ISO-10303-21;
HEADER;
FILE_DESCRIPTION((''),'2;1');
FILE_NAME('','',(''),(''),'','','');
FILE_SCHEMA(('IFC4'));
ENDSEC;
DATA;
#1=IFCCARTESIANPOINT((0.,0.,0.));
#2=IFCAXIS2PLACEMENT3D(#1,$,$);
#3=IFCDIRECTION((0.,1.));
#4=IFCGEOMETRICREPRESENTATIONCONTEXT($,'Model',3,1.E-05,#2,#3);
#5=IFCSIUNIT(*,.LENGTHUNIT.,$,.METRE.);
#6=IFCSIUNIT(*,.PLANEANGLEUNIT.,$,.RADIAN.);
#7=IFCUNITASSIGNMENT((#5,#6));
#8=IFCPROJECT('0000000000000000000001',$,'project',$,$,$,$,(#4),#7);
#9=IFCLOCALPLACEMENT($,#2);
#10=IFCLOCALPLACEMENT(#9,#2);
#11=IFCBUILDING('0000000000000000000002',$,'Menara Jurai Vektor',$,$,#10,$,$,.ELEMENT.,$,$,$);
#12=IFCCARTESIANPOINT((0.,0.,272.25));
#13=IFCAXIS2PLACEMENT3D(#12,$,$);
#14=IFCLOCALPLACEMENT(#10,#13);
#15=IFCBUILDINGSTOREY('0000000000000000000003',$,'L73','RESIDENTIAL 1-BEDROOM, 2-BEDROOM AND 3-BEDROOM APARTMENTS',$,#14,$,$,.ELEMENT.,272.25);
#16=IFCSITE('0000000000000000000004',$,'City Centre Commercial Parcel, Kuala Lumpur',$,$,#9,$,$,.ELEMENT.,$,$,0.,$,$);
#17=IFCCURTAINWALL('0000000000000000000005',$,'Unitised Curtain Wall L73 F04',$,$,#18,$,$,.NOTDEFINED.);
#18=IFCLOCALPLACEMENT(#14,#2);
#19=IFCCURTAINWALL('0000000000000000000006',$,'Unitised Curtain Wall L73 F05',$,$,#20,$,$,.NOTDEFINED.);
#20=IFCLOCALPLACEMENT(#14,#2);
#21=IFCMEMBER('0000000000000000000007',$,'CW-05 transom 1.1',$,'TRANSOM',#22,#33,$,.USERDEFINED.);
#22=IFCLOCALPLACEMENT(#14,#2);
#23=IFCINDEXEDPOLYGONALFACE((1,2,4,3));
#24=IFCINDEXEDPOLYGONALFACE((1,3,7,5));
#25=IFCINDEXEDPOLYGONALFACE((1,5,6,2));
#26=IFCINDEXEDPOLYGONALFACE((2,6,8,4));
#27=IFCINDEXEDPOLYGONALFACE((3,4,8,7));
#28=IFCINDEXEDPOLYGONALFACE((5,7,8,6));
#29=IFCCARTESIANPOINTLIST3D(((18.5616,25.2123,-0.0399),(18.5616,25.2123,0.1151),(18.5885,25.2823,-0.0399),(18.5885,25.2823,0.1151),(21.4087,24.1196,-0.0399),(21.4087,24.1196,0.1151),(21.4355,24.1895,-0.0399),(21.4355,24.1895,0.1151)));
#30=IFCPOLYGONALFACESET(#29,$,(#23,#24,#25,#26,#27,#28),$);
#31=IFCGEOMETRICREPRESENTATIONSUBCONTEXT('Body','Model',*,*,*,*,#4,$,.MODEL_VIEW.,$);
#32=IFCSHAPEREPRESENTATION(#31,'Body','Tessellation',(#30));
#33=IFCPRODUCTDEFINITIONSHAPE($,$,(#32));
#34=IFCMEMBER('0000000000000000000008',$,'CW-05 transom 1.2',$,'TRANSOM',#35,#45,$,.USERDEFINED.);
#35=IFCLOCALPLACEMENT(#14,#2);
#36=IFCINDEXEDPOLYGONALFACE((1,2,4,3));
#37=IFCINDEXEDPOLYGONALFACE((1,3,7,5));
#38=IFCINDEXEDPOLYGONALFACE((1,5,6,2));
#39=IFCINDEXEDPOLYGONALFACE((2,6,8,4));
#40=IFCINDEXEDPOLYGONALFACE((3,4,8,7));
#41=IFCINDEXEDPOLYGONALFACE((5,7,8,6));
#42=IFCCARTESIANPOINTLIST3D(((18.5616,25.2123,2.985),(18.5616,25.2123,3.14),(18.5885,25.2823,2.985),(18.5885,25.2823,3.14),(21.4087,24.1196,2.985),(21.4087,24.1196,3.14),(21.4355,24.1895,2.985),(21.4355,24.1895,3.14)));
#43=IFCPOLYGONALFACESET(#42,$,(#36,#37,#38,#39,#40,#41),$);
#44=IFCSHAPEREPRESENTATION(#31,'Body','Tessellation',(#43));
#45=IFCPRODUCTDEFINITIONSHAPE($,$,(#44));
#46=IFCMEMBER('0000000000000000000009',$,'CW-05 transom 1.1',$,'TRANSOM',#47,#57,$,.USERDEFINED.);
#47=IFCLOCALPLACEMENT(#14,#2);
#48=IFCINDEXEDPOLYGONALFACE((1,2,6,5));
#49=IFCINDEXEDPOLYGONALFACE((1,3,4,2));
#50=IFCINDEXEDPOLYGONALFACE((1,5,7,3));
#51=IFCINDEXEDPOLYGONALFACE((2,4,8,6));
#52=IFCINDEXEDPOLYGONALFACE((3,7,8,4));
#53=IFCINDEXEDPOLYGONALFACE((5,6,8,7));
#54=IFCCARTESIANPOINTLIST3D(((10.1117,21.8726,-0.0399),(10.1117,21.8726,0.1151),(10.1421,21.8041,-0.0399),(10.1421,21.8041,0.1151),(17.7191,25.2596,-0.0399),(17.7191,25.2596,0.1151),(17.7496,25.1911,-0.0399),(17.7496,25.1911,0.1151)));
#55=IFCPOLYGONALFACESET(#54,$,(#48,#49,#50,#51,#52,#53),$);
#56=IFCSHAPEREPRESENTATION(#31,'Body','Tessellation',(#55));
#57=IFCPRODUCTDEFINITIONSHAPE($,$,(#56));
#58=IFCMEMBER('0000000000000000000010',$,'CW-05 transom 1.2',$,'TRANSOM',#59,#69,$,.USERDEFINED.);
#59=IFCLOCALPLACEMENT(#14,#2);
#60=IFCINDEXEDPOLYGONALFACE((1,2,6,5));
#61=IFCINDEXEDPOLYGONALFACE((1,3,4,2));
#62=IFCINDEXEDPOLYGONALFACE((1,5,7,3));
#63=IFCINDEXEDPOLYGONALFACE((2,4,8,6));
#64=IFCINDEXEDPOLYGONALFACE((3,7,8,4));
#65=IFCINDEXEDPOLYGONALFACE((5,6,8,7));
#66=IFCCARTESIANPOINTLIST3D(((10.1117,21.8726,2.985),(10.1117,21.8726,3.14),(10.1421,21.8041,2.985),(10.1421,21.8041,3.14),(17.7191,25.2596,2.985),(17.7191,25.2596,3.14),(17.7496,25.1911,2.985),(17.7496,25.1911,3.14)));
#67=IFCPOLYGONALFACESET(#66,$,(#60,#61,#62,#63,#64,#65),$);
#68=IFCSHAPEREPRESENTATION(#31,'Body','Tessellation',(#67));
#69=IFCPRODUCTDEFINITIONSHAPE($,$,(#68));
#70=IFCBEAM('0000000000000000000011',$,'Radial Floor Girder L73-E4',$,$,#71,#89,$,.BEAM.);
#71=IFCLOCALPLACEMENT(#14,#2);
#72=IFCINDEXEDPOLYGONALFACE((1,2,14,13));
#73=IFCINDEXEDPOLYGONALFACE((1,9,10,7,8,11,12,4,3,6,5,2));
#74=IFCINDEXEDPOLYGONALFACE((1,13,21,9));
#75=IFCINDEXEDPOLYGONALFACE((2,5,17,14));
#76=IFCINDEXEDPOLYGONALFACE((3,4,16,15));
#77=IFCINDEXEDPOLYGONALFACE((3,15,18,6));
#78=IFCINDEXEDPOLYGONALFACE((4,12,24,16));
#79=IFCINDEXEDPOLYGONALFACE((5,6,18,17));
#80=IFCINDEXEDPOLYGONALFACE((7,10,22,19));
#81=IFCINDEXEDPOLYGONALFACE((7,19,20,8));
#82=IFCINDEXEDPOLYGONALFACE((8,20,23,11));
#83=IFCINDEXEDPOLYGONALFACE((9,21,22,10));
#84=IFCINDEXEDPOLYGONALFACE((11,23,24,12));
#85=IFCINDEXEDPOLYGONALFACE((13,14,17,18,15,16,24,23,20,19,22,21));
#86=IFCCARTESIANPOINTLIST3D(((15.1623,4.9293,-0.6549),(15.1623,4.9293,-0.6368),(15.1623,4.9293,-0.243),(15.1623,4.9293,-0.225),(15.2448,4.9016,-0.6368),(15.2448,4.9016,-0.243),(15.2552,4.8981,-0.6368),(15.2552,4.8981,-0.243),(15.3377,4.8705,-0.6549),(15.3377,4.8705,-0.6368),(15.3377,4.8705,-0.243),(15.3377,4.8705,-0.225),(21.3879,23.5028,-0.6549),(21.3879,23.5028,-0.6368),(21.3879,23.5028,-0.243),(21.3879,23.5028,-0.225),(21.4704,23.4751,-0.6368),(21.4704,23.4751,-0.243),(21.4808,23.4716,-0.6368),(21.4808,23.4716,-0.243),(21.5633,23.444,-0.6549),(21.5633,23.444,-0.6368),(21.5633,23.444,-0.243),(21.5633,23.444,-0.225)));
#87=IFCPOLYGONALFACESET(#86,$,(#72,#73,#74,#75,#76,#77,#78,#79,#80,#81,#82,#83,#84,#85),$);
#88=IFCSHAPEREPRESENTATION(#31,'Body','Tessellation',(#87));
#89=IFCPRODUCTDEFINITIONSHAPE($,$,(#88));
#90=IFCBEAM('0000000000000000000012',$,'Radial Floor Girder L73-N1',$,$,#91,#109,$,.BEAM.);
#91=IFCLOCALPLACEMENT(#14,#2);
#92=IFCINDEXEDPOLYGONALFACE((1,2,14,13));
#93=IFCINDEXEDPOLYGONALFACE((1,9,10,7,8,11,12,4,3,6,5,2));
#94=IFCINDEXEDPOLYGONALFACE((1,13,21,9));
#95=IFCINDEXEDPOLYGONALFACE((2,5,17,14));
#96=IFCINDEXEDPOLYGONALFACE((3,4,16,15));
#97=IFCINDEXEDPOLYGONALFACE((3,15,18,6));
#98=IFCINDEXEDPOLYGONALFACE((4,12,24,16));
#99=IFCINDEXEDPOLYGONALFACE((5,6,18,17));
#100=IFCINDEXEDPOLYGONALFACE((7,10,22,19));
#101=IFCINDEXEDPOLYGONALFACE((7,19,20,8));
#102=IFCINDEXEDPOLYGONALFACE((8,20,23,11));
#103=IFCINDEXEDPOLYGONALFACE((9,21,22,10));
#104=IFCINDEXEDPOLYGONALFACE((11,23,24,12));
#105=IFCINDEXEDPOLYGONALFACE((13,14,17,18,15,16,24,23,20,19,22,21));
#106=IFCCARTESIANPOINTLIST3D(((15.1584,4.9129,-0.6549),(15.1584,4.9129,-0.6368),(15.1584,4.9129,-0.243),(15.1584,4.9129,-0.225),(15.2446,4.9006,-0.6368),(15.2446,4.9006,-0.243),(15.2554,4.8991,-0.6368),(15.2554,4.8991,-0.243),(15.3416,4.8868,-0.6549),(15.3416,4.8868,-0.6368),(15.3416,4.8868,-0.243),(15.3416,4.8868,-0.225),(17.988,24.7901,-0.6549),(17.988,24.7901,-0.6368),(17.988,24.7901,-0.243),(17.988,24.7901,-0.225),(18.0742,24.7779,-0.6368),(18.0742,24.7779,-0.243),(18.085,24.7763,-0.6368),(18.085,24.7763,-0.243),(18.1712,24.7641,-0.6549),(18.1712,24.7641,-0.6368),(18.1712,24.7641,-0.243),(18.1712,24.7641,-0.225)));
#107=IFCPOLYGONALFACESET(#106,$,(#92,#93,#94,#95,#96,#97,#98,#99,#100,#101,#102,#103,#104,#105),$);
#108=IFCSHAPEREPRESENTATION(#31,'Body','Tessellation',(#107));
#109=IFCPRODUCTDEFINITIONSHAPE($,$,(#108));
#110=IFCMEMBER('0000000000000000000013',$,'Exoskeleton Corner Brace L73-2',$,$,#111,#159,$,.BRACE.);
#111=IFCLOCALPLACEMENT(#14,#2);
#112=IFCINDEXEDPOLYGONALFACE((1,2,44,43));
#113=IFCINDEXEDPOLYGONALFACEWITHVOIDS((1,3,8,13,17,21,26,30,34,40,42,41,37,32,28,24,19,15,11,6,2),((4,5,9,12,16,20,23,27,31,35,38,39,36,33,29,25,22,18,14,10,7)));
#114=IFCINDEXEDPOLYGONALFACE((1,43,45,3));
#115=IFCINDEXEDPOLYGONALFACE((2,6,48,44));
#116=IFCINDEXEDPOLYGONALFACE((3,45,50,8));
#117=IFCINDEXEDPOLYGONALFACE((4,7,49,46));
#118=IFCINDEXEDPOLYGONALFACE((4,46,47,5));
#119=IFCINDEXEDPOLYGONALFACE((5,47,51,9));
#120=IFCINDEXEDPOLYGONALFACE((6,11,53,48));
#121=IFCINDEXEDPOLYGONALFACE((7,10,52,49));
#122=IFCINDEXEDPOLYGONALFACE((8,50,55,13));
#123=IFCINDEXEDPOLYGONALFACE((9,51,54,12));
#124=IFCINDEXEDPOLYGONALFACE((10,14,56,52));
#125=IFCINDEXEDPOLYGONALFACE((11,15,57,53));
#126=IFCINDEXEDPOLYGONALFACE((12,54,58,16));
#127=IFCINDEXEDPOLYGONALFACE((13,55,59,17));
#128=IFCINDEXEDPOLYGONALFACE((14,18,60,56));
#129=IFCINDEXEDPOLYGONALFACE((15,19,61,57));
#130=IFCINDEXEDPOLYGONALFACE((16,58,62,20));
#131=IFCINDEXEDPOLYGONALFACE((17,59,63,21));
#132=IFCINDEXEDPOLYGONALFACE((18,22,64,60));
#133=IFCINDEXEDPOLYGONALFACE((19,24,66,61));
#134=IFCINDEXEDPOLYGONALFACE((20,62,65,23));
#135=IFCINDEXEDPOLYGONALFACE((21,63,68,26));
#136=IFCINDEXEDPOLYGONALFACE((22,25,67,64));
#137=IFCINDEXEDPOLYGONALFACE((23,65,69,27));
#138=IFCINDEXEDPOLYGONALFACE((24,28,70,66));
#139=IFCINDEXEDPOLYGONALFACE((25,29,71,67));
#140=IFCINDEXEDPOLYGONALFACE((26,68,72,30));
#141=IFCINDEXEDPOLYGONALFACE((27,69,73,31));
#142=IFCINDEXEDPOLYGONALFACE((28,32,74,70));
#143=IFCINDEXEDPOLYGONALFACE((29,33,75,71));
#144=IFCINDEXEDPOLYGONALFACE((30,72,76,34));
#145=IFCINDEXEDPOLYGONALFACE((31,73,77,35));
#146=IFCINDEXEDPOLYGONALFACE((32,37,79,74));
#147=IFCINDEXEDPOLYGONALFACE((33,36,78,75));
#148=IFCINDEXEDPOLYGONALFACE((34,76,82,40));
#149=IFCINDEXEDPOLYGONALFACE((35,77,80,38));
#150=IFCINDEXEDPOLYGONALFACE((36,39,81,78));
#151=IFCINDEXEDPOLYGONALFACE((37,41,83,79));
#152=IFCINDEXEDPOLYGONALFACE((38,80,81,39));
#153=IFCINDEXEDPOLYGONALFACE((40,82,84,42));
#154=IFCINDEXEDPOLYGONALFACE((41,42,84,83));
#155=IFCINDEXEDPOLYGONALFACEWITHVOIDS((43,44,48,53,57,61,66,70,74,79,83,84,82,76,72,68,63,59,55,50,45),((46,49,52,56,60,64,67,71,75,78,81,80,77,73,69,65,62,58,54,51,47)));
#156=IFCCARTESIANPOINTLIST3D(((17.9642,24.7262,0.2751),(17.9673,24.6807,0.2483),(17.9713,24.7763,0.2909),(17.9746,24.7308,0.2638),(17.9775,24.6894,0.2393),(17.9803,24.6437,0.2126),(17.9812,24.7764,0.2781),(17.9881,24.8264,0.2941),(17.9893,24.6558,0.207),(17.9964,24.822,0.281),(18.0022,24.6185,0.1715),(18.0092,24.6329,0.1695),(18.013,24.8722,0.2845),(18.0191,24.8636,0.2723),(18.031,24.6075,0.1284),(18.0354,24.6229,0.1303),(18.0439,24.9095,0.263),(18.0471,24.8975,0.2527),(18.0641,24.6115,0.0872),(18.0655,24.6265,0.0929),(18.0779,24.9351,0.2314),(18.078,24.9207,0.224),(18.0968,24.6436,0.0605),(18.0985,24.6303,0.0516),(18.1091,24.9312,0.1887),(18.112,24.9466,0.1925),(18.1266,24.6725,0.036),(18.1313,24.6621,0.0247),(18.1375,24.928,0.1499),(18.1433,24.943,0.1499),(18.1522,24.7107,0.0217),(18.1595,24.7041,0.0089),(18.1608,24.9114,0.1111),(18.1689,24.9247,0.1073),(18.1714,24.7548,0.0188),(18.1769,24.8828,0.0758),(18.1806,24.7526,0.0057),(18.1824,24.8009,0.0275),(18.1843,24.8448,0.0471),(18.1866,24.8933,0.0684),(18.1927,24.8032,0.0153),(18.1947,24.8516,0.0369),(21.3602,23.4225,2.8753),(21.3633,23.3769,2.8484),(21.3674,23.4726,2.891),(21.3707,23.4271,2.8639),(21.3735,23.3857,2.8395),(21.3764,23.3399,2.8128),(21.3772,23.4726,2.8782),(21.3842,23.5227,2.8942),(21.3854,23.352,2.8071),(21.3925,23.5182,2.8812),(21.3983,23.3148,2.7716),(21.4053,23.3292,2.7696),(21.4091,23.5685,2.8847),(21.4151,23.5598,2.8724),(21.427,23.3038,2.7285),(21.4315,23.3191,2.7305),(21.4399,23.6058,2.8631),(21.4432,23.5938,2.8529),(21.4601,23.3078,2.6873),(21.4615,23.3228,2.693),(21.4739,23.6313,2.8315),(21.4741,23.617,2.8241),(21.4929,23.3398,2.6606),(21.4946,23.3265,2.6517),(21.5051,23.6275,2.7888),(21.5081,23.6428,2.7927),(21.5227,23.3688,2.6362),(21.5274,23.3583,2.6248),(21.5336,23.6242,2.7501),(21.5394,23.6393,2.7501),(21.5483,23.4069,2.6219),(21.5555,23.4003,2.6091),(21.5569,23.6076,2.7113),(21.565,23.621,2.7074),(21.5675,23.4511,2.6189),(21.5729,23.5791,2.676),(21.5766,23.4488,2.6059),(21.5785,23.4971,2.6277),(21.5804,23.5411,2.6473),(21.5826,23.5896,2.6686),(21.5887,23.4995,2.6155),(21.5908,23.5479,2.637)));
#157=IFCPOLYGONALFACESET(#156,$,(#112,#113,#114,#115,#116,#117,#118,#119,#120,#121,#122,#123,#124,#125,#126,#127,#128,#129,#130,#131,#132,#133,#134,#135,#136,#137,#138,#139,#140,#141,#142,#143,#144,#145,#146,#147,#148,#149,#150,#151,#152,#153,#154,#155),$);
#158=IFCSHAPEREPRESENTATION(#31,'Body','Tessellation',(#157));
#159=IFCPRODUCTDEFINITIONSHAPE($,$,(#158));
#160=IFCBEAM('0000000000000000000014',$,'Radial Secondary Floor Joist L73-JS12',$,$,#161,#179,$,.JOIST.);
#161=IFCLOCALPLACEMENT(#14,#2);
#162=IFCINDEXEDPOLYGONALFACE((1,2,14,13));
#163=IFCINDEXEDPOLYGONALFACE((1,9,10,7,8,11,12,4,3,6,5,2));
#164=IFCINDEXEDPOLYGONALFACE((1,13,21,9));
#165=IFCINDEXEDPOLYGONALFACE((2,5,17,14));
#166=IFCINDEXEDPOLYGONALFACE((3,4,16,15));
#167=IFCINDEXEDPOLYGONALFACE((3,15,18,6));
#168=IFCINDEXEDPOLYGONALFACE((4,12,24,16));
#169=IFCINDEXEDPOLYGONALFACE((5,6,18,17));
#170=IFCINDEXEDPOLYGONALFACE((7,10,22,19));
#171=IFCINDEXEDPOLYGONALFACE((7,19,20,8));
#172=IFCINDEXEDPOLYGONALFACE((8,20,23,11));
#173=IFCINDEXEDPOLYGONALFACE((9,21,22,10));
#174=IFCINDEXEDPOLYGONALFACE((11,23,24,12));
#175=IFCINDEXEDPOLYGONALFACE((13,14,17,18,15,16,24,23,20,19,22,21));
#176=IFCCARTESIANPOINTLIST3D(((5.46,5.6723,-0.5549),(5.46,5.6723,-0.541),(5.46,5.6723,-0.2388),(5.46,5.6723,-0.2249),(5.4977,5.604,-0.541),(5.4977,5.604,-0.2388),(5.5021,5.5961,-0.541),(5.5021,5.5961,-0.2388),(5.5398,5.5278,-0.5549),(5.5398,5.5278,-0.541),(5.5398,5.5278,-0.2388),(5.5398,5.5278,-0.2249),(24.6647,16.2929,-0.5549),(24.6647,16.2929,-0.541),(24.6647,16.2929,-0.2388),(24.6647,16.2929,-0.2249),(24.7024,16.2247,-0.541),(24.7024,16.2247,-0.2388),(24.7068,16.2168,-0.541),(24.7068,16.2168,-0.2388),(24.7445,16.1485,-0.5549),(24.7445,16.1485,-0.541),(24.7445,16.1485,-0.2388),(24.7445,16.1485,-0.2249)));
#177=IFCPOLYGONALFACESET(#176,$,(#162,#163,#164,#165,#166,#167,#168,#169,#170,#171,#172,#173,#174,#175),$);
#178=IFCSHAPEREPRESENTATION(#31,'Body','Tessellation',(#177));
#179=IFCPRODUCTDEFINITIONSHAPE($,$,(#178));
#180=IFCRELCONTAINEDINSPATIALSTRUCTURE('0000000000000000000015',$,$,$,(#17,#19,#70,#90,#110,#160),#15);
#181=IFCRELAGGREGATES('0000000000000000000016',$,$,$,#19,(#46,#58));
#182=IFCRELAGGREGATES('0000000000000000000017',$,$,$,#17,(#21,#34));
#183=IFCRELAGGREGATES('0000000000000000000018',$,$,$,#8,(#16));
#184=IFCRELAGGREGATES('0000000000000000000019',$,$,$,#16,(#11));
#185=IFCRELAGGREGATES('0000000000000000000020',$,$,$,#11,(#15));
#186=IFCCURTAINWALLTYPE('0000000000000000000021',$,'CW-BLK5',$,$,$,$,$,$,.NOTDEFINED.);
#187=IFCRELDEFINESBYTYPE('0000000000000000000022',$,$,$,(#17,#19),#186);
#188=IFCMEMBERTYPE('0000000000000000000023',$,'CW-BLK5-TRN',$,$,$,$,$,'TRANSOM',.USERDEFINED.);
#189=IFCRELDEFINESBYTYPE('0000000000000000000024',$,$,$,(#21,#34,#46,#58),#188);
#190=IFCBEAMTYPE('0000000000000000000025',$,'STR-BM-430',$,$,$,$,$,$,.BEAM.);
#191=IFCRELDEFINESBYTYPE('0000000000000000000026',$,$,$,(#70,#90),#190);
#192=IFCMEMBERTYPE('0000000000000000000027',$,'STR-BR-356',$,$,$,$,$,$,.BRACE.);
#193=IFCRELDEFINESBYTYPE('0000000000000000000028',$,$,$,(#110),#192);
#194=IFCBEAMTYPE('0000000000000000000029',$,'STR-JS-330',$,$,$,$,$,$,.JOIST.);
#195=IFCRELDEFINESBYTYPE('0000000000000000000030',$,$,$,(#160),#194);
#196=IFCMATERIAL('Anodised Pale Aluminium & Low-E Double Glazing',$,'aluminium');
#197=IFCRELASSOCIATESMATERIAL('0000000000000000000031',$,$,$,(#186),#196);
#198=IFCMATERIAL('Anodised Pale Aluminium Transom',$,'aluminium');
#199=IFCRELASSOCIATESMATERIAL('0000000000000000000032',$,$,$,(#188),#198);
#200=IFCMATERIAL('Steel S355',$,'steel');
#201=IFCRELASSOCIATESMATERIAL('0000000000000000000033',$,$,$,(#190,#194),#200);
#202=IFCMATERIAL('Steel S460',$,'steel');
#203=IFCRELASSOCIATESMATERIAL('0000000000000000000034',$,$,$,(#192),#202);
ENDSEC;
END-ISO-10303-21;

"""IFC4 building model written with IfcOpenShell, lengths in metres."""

from ifc_helpers import new_model, si_unit, direction, frame, origin, origin_2d, place, context, subcontext, project, spatial, rectangle, hollow_circle, i_section, extrude, material, material_profile, profile_set, type_object, element, aggregate, save


model = new_model("IFC4")

# Units and contexts
model_context = context("Model", 3, precision=1e-05, world=origin(), true_north=direction((0.0, 1.0)))
body_context = subcontext(model_context, "Body", "Model", "MODEL_VIEW")
ifc_project = project(units=[si_unit("LENGTHUNIT", "METRE"), si_unit("PLANEANGLEUNIT", "RADIAN")], contexts=[model_context])

# Site, building, storey
site_placement = place(None, origin())
site = spatial("IfcSite", under=ifc_project, at=site_placement, Name="City Centre Commercial Parcel, Kuala Lumpur", CompositionType="ELEMENT", RefElevation=0.0)
building_placement = place(site_placement, origin())
building = spatial("IfcBuilding", under=site, at=building_placement, Name="Menara Jurai Vektor", CompositionType="ELEMENT")
storey_placement = place(building_placement, frame((0.0, 0.0, 272.25)))
storey = spatial("IfcBuildingStorey", under=building, at=storey_placement, Name="L73", Description="RESIDENTIAL 1-BEDROOM, 2-BEDROOM AND 3-BEDROOM APARTMENTS", CompositionType="ELEMENT", Elevation=272.25)

# Shared definitions
ifc_material_1 = material(Name="Steel S460", Category="steel")

# Curtain wall
ifc_material_2 = material(Name="Anodised Pale Aluminium & Low-E Double Glazing", Category="aluminium")
curtain_wall_type = type_object("IfcCurtainWallType", Name="CW-BLK5", PredefinedType="NOTDEFINED", material=ifc_material_2)
curtain_wall_1_placement = place(storey_placement, origin())
curtain_wall_1 = element("IfcCurtainWall", 1, at=curtain_wall_1_placement, inside=storey, type_object=curtain_wall_type, Name="Unitised Curtain Wall L73 F04", PredefinedType="NOTDEFINED")

# Curtain wall
curtain_wall_2_placement = place(storey_placement, origin())
curtain_wall_2 = element("IfcCurtainWall", 2, at=curtain_wall_2_placement, inside=storey, type_object=curtain_wall_type, Name="Unitised Curtain Wall L73 F05", PredefinedType="NOTDEFINED")

# Members
ifc_material_3 = material(Name="Anodised Pale Aluminium Transom", Category="aluminium")
ifc_material_profile_1 = material_profile(ifc_material_3, rectangle(XDim=0.075, YDim=0.155, at=origin_2d()), Name="ALU TRN 75x155")
ifc_profile_set_1 = profile_set([ifc_material_profile_1], Name="Anodised Pale Aluminium Transom")
member_type_1 = type_object("IfcMemberType", Name="CW-BLK5-TRN", ElementType="TRANSOM", PredefinedType="USERDEFINED", material=ifc_profile_set_1)
member_1_placement = place(storey_placement, frame((21.4221, 24.1545, 0.0376), z_axis=(-0.933597, 0.358325, 0.0), x_axis=(-0.358325, -0.933597, 0.0)))
member_1 = element("IfcMember", 3, at=member_1_placement, type_object=member_type_1, Name="CW-05 transom 1.1", ObjectType="TRANSOM", PredefinedType="USERDEFINED", context=body_context, shape_type="SweptSolid", body=[
    extrude(rectangle(XDim=0.075, YDim=0.155, at=origin_2d()), origin(), (0.0, 0.0, 1.0), 3.0496),
])
member_2_placement = place(storey_placement, frame((21.4221, 24.1545, 3.0625), z_axis=(-0.933597, 0.358325, 0.0), x_axis=(-0.358325, -0.933597, 0.0)))
member_2 = element("IfcMember", 4, at=member_2_placement, type_object=member_type_1, Name="CW-05 transom 1.2", ObjectType="TRANSOM", PredefinedType="USERDEFINED", context=body_context, shape_type="SweptSolid", body=[
    extrude(rectangle(XDim=0.075, YDim=0.155, at=origin_2d()), origin(), (0.0, 0.0, 1.0), 3.0496),
])
member_3_placement = place(storey_placement, frame((17.7344, 25.2253, 0.0376), z_axis=(-0.913549, -0.406729, 0.0), x_axis=(0.406729, -0.913549, 0.0)))
member_3 = element("IfcMember", 5, at=member_3_placement, type_object=member_type_1, Name="CW-05 transom 1.1", ObjectType="TRANSOM", PredefinedType="USERDEFINED", context=body_context, shape_type="SweptSolid", body=[
    extrude(rectangle(XDim=0.075, YDim=0.155, at=origin_2d()), origin(), (0.0, 0.0, 1.0), 8.3274),
])
member_4_placement = place(storey_placement, frame((17.7344, 25.2253, 3.0625), z_axis=(-0.913549, -0.406729, 0.0), x_axis=(0.406729, -0.913549, 0.0)))
member_4 = element("IfcMember", 6, at=member_4_placement, type_object=member_type_1, Name="CW-05 transom 1.2", ObjectType="TRANSOM", PredefinedType="USERDEFINED", context=body_context, shape_type="SweptSolid", body=[
    extrude(rectangle(XDim=0.075, YDim=0.155, at=origin_2d()), origin(), (0.0, 0.0, 1.0), 8.3274),
])
aggregate(curtain_wall_2, [member_3, member_4])

# Beams
ifc_material_4 = material(Name="Steel S355", Category="steel")
ifc_material_profile_2 = material_profile(ifc_material_4, i_section(OverallWidth=0.1851, OverallDepth=0.4299, WebThickness=0.011, FlangeThickness=0.0181, at=origin_2d()), Name="PG 430x185x76")
ifc_profile_set_2 = profile_set([ifc_material_profile_2], Name="Steel S355")
beam_type_1 = type_object("IfcBeamType", Name="STR-BM-430", PredefinedType="BEAM", material=ifc_profile_set_2)
beam_1_placement = place(storey_placement, frame((21.4756, 23.4734, -0.4399), z_axis=(-0.317809, -0.948155, 0.0), x_axis=(0.948155, -0.317809, 0.0)))
element("IfcBeam", 7, at=beam_1_placement, inside=storey, type_object=beam_type_1, Name="Radial Floor Girder L73-E4", PredefinedType="BEAM", context=body_context, shape_type="SweptSolid", body=[
    extrude(i_section(OverallWidth=0.1851, OverallDepth=0.4299, WebThickness=0.011, FlangeThickness=0.0181, at=origin_2d()), origin(), (0.0, 0.0, 1.0), 19.5891),
])
beam_2_placement = place(storey_placement, frame((18.0796, 24.7771, -0.4399), z_axis=(-0.140933, -0.990019, 0.0), x_axis=(0.990019, -0.140933, 0.0)))
element("IfcBeam", 8, at=beam_2_placement, inside=storey, type_object=beam_type_1, Name="Radial Floor Girder L73-N1", PredefinedType="BEAM", context=body_context, shape_type="SweptSolid", body=[
    extrude(i_section(OverallWidth=0.1851, OverallDepth=0.4299, WebThickness=0.011, FlangeThickness=0.0181, at=origin_2d()), origin(), (0.0, 0.0, 1.0), 20.0776),
])

# Member
ifc_material_profile_3 = material_profile(ifc_material_1, hollow_circle(Radius=0.1777, WallThickness=0.0161, at=origin_2d()), Name="CHS 355.6x16")
ifc_profile_set_3 = profile_set([ifc_material_profile_3], Name="Steel S460")
member_type_2 = type_object("IfcMemberType", Name="STR-BR-356", PredefinedType="BRACE", material=ifc_profile_set_3)
member_5_placement = place(storey_placement, frame((18.0796, 24.7771, 0.1499), z_axis=(0.759502, -0.29157, 0.581502), x_axis=(0.358394, 0.93357, 0.0)))
element("IfcMember", 9, at=member_5_placement, inside=storey, type_object=member_type_2, Name="Exoskeleton Corner Brace L73-2", PredefinedType="BRACE", context=body_context, shape_type="SweptSolid", body=[
    extrude(hollow_circle(Radius=0.1777, WallThickness=0.0161, at=origin_2d()), origin(), (0.0, 0.0, 1.0), 4.4714),
])

# Beam
ifc_material_profile_4 = material_profile(ifc_material_4, i_section(OverallWidth=0.165, OverallDepth=0.3301, WebThickness=0.009, FlangeThickness=0.0139, at=origin_2d()), Name="PG 330x165x46")
ifc_profile_set_4 = profile_set([ifc_material_profile_4], Name="Steel S355")
beam_type_2 = type_object("IfcBeamType", Name="STR-JS-330", PredefinedType="JOIST", material=ifc_profile_set_4)
beam_3_placement = place(storey_placement, frame((24.7046, 16.2207, -0.3899), z_axis=(-0.875096, -0.483949, 0.0), x_axis=(0.483949, -0.875096, 0.0)))
element("IfcBeam", 10, at=beam_3_placement, inside=storey, type_object=beam_type_2, Name="Radial Secondary Floor Joist L73-JS12", PredefinedType="JOIST", context=body_context, shape_type="SweptSolid", body=[
    extrude(i_section(OverallWidth=0.165, OverallDepth=0.3301, WebThickness=0.009, FlangeThickness=0.0139, at=origin_2d()), origin(), (0.0, 0.0, 1.0), 21.9458),
])

aggregate(curtain_wall_1, [member_1, member_2])

save(model, "model.ifc")
